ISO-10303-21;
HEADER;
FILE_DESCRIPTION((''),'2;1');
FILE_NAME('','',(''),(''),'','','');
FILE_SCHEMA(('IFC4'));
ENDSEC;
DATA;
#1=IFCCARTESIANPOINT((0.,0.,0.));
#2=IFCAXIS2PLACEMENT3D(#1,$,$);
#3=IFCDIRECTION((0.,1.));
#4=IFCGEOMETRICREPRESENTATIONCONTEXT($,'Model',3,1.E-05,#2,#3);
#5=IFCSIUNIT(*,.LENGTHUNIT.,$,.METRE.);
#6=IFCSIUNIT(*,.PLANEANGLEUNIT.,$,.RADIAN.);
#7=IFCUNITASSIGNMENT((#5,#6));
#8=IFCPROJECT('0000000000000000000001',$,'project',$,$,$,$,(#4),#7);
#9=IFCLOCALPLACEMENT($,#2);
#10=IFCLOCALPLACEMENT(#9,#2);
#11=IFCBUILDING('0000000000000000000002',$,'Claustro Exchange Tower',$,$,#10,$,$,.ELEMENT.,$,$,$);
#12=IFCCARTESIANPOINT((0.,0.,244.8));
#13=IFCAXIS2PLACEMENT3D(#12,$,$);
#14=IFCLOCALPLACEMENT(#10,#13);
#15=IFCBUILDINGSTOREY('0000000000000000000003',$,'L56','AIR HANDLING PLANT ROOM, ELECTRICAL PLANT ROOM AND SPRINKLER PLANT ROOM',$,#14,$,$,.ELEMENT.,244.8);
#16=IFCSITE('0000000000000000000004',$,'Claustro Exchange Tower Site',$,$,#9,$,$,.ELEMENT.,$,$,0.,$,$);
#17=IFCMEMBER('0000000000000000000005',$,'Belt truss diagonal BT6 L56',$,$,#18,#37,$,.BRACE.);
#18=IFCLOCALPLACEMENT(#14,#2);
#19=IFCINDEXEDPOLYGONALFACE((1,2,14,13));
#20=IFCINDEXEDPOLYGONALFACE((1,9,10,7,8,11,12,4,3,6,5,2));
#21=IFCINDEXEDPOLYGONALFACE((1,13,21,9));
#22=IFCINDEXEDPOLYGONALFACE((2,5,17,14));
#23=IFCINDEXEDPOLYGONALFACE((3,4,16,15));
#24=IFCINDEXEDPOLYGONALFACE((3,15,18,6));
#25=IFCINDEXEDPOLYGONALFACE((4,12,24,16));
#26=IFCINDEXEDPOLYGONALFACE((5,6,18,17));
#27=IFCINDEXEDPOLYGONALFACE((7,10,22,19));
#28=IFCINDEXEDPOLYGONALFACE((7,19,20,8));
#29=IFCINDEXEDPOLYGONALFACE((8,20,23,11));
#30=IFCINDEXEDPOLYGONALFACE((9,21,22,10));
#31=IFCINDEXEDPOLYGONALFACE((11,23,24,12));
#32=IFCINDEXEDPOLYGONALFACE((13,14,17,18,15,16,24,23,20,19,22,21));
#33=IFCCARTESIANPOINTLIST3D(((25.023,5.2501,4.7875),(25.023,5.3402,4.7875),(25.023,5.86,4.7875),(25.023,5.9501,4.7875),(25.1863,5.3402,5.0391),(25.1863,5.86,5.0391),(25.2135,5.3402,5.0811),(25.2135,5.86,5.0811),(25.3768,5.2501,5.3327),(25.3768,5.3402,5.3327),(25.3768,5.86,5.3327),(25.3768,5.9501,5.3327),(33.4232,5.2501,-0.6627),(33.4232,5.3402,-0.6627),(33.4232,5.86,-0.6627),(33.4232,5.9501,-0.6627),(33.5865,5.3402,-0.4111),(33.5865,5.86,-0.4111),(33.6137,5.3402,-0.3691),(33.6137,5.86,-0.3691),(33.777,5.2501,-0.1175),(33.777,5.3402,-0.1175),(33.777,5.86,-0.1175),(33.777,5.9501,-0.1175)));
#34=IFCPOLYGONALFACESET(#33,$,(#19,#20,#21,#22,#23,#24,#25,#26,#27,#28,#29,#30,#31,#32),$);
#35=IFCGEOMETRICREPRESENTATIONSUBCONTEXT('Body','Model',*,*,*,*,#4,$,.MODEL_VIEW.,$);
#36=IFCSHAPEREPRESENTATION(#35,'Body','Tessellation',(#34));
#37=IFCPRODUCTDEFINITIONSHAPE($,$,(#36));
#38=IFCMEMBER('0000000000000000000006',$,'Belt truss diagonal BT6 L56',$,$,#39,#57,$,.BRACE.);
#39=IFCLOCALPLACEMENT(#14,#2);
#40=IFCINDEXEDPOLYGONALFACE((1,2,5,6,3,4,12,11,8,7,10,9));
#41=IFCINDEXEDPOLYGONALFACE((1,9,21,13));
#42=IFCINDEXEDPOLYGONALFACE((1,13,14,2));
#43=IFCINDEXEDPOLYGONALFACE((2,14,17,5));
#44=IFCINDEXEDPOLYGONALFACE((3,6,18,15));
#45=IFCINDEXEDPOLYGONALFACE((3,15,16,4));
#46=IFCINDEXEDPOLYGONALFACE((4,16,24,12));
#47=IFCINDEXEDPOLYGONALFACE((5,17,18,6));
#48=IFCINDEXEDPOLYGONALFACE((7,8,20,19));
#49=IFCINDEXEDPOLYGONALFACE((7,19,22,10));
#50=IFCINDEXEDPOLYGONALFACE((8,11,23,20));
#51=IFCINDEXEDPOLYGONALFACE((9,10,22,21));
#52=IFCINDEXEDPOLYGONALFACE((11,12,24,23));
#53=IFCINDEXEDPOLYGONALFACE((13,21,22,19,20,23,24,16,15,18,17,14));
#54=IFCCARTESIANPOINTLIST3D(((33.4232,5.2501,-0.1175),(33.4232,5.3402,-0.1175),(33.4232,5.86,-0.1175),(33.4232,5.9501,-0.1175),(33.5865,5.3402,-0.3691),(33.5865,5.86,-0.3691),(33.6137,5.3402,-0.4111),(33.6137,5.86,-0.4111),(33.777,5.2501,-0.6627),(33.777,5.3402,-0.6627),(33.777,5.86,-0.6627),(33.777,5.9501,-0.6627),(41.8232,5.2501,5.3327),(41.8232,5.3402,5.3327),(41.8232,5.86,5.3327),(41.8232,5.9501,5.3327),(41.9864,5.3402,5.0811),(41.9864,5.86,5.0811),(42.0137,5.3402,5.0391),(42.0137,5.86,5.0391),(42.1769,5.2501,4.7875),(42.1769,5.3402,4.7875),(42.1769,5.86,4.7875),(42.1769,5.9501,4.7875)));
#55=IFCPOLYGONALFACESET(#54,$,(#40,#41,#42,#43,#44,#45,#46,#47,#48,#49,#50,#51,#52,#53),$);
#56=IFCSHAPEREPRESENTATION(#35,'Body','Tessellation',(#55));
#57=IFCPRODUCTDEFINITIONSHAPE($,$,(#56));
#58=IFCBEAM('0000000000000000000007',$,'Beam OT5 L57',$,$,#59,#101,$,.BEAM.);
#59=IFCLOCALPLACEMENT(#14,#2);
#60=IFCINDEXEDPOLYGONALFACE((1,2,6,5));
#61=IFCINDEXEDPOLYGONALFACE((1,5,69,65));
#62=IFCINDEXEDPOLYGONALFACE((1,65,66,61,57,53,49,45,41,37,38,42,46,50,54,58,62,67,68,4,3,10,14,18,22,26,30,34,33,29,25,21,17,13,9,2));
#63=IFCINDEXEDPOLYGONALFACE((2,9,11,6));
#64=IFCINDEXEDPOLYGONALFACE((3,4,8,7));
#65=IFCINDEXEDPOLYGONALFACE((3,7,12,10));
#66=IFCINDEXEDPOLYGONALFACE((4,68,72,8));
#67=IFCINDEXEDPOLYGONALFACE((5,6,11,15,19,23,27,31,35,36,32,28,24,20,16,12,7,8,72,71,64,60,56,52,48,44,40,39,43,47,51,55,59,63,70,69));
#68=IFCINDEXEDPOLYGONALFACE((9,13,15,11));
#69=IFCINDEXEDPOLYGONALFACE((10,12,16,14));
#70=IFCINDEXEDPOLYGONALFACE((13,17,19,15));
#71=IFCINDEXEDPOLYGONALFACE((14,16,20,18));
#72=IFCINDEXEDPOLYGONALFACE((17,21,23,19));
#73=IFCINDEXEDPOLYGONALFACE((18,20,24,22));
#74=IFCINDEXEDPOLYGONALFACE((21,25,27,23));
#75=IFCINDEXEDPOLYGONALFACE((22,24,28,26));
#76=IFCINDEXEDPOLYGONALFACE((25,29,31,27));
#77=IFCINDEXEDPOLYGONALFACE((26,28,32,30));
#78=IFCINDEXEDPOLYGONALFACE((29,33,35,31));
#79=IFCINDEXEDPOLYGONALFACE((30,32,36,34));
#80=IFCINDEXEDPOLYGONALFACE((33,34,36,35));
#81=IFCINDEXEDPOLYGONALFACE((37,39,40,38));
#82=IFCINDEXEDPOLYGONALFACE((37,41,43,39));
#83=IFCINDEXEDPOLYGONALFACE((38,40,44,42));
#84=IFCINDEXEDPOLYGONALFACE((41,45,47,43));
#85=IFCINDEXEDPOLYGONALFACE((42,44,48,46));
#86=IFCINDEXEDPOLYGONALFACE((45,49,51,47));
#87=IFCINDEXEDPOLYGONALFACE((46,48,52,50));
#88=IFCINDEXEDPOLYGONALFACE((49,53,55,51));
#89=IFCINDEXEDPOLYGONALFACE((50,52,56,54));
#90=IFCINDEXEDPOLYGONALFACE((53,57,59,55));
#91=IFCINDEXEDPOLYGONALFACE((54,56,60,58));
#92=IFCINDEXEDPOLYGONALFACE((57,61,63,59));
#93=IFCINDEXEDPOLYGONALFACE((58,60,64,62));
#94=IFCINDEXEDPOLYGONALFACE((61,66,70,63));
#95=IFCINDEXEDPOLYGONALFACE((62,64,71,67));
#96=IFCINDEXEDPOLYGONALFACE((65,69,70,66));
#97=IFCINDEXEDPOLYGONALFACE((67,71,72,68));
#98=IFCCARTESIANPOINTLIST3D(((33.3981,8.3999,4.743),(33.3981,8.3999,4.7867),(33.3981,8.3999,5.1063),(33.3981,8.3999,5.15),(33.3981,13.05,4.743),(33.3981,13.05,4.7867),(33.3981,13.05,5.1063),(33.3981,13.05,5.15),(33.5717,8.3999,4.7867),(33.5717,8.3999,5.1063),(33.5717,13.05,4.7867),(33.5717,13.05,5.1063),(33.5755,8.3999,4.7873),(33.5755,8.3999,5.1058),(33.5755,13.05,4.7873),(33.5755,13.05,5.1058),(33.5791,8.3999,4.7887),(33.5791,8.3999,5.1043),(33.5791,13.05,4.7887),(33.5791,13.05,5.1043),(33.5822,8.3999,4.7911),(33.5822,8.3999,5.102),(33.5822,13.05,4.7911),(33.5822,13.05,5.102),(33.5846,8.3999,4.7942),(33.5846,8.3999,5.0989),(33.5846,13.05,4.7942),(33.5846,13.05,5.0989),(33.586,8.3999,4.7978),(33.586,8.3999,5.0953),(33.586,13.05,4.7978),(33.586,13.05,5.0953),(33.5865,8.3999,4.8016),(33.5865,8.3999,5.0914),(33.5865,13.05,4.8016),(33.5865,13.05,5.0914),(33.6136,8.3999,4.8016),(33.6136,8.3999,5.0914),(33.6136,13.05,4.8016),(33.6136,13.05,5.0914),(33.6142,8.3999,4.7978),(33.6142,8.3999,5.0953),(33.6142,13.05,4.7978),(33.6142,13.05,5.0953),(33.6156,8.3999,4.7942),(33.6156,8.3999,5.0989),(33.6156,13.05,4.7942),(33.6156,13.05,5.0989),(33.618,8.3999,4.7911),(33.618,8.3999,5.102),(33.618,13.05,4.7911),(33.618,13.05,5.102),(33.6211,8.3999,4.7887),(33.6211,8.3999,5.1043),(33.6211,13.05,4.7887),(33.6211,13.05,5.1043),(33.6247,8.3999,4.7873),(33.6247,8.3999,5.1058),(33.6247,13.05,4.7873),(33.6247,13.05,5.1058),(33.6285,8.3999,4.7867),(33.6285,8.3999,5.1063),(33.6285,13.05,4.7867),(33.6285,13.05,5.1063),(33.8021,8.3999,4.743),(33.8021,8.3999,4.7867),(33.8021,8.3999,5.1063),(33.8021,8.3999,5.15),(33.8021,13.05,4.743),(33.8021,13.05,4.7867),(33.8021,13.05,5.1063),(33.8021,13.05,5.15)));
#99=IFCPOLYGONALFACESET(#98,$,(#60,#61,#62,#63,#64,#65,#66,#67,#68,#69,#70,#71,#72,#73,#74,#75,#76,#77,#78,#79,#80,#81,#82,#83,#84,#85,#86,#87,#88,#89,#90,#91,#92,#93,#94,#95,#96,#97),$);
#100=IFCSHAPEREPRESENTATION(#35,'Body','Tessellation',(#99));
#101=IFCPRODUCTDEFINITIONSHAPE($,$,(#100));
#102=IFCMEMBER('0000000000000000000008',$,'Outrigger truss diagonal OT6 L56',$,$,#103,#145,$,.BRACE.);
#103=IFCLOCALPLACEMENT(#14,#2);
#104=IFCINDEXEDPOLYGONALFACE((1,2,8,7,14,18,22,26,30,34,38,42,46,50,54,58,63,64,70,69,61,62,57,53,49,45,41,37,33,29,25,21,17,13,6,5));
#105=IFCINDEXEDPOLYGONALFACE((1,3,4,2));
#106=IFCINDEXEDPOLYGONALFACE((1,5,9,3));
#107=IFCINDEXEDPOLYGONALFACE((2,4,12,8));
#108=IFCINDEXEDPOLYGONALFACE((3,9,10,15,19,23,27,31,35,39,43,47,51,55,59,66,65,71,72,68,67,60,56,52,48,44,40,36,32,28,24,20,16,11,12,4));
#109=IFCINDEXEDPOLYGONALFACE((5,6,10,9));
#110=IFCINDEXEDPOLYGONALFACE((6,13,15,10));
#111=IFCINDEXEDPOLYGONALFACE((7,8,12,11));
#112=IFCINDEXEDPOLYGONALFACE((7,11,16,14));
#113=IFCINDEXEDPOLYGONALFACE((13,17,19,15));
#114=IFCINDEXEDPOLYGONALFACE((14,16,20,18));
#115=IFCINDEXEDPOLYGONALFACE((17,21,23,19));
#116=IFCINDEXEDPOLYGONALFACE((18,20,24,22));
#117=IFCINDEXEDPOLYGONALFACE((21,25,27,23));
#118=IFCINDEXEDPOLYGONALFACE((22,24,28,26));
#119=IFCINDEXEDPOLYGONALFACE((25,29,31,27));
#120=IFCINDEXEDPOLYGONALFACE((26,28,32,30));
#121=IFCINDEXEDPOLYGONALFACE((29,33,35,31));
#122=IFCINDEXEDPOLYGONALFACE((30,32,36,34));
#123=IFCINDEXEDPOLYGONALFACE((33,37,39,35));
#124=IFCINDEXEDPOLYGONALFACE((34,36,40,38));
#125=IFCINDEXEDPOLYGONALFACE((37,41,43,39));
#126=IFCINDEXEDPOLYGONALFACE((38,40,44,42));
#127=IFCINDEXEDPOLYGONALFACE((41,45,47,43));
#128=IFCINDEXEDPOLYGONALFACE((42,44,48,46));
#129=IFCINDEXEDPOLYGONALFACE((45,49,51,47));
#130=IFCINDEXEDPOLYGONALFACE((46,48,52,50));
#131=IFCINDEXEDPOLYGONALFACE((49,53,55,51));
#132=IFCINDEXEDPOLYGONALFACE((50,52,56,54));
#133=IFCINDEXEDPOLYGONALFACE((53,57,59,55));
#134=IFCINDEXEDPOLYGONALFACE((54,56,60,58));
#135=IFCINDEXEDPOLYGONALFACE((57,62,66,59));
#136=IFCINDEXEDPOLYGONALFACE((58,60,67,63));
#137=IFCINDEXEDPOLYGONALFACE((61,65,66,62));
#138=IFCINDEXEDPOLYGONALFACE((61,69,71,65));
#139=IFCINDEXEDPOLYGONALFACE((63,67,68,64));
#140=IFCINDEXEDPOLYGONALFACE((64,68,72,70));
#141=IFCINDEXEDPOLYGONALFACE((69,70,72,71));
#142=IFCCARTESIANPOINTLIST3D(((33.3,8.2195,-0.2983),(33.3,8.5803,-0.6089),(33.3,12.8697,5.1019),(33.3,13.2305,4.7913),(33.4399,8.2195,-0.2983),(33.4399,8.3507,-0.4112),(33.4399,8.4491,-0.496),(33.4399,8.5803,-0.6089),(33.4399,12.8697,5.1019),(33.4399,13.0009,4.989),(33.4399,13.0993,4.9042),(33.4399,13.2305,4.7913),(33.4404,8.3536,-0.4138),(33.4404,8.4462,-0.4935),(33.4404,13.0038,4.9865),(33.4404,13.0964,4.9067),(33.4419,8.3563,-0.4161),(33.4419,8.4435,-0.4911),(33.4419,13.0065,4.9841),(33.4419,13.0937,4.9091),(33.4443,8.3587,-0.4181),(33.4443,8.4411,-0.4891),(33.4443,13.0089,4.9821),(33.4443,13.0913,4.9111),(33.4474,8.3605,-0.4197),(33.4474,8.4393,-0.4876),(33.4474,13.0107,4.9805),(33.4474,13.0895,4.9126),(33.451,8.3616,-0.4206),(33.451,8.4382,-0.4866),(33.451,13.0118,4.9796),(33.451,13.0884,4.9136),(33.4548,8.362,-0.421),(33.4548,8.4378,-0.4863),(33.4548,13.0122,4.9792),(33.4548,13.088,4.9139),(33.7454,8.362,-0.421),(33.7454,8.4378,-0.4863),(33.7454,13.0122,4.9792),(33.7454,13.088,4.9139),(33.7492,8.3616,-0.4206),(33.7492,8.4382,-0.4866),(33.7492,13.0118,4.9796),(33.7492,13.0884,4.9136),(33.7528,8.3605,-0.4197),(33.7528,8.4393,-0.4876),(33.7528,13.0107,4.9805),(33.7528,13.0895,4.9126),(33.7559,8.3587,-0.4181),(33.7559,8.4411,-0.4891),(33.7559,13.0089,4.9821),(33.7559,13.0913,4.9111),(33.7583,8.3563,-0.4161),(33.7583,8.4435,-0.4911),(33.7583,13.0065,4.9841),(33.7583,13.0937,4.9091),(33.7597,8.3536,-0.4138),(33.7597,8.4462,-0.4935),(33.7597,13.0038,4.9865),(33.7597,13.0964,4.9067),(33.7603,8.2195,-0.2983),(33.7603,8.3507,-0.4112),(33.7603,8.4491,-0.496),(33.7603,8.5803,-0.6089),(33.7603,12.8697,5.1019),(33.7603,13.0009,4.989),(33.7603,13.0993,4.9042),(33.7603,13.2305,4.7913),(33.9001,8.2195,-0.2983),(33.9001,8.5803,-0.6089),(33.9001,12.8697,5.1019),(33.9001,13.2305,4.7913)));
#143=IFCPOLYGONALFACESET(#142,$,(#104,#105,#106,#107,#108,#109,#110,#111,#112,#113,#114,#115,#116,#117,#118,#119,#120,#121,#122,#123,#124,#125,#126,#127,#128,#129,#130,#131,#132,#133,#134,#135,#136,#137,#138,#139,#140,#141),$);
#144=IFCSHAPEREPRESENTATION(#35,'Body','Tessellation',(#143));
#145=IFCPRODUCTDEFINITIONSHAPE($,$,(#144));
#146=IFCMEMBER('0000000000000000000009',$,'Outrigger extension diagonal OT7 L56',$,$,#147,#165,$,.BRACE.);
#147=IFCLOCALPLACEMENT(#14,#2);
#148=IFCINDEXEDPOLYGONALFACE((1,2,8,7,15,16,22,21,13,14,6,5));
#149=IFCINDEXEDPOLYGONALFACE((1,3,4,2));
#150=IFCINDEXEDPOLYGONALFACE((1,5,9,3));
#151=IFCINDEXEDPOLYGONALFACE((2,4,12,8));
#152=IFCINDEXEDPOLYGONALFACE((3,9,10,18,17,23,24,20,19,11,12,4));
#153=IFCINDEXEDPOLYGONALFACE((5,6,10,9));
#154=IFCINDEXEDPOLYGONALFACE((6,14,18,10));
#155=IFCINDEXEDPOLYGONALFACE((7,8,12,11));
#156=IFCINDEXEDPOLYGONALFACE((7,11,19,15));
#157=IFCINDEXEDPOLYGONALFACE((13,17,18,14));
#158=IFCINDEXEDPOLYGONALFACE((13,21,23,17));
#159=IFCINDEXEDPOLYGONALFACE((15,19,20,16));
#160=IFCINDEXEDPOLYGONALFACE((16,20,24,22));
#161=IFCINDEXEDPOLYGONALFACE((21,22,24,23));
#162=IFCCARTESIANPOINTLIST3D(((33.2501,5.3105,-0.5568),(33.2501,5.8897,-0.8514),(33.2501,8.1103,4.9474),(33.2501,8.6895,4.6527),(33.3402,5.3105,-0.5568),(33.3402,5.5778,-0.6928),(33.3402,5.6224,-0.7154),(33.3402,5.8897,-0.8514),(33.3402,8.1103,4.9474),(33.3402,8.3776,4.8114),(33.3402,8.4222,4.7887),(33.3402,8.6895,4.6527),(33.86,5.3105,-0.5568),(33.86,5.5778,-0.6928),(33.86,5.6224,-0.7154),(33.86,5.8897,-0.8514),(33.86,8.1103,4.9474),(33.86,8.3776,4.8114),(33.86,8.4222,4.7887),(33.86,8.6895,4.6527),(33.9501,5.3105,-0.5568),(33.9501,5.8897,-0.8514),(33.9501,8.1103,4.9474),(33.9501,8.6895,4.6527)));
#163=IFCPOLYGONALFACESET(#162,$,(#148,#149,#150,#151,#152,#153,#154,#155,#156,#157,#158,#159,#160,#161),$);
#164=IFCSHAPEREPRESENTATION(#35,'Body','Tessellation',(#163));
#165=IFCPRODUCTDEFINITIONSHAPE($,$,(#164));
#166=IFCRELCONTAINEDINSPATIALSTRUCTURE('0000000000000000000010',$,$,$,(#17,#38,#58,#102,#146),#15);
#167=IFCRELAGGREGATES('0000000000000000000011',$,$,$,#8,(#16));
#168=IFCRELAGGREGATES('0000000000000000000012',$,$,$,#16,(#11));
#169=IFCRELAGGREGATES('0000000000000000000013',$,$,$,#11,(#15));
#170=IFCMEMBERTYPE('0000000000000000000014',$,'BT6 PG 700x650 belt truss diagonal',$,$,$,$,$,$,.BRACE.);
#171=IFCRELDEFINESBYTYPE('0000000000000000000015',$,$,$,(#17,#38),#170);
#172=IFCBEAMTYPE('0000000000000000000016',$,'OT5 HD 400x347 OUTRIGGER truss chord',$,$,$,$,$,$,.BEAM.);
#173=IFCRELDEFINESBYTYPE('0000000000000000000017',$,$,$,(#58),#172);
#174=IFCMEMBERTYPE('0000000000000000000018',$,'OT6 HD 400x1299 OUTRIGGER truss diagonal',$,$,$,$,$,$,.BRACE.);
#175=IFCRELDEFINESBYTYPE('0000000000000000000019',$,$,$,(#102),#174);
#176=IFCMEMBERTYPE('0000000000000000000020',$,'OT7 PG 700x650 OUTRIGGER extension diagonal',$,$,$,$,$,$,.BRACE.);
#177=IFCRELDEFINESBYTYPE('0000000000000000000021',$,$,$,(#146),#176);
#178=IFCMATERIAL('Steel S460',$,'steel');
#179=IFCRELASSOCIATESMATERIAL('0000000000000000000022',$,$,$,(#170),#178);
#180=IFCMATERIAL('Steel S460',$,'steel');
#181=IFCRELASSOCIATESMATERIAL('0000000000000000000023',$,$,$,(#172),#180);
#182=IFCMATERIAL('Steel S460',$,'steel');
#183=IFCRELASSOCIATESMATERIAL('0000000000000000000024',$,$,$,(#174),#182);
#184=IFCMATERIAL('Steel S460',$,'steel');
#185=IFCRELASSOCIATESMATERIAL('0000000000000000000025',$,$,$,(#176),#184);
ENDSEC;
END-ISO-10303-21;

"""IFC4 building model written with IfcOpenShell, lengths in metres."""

from ifc_helpers import new_model, si_unit, direction, frame, origin, origin_2d, place, context, subcontext, project, spatial, i_section, extrude, material, material_profile, profile_set, type_object, element, save


model = new_model("IFC4")

# Units and contexts
model_context = context("Model", 3, precision=1e-05, world=origin(), true_north=direction((0.0, 1.0)))
body_context = subcontext(model_context, "Body", "Model", "MODEL_VIEW")
ifc_project = project(units=[si_unit("LENGTHUNIT", "METRE"), si_unit("PLANEANGLEUNIT", "RADIAN")], contexts=[model_context])

# Site, building, storey
site_placement = place(None, origin())
site = spatial("IfcSite", under=ifc_project, at=site_placement, Name="Claustro Exchange Tower Site", CompositionType="ELEMENT", RefElevation=0.0)
building_placement = place(site_placement, origin())
building = spatial("IfcBuilding", under=site, at=building_placement, Name="Claustro Exchange Tower", CompositionType="ELEMENT")
storey_placement = place(building_placement, frame((0.0, 0.0, 244.8)))
storey = spatial("IfcBuildingStorey", under=building, at=storey_placement, Name="L56", Description="AIR HANDLING PLANT ROOM, ELECTRICAL PLANT ROOM AND SPRINKLER PLANT ROOM", CompositionType="ELEMENT", Elevation=244.8)

# Members
ifc_material_1 = material(Name="Steel S460", Category="steel")
ifc_material_profile_1 = material_profile(ifc_material_1, i_section(OverallWidth=0.6499, OverallDepth=0.7, WebThickness=0.05, FlangeThickness=0.0901, at=origin_2d()), Name="PG 700x650")
ifc_profile_set_1 = profile_set([ifc_material_profile_1], Name="Steel S460")
member_type_1 = type_object("IfcMemberType", Name="BT6 PG 700x650 belt truss diagonal", PredefinedType="BRACE", material=ifc_profile_set_1)
member_1_placement = place(storey_placement, frame((33.6001, 5.6001, -0.3901), z_axis=(-0.838895, 0.0, 0.544293), x_axis=(0.544293, 0.0, 0.838895)))
element("IfcMember", 1, at=member_1_placement, inside=storey, type_object=member_type_1, Name="Belt truss diagonal BT6 L56", PredefinedType="BRACE", context=body_context, shape_type="SweptSolid", body=[
    extrude(i_section(OverallWidth=0.6499, OverallDepth=0.7, WebThickness=0.05, FlangeThickness=0.0901, at=origin_2d()), origin(), (0.0, 0.0, 1.0), 10.0134),
])
member_2_placement = place(storey_placement, frame((33.6001, 5.6001, -0.3901), z_axis=(0.838888, 0.0, 0.544304), x_axis=(-0.544304, 0.0, 0.838888)))
element("IfcMember", 2, at=member_2_placement, inside=storey, type_object=member_type_1, Name="Belt truss diagonal BT6 L56", PredefinedType="BRACE", context=body_context, shape_type="SweptSolid", body=[
    extrude(i_section(OverallWidth=0.6499, OverallDepth=0.7, WebThickness=0.05, FlangeThickness=0.0901, at=origin_2d()), origin(), (0.0, 0.0, 1.0), 10.0132),
])

# Beam
ifc_material_2 = material(Name="Steel S460", Category="steel")
ifc_material_profile_2 = material_profile(ifc_material_2, i_section(OverallWidth=0.4041, OverallDepth=0.407, WebThickness=0.0271, FlangeThickness=0.0437, FilletRadius=0.0149, at=origin_2d()), Name="HD 400x347")
ifc_profile_set_2 = profile_set([ifc_material_profile_2], Name="Steel S460")
beam_type_1 = type_object("IfcBeamType", Name="OT5 HD 400x347 OUTRIGGER truss chord", PredefinedType="BEAM", material=ifc_profile_set_2)
beam_1_placement = place(storey_placement, frame((33.6001, 8.3999, 4.9465), z_axis=(0.0, 1.0, 0.0), x_axis=(-1.0, 0.0, 0.0)))
element("IfcBeam", 3, at=beam_1_placement, inside=storey, type_object=beam_type_1, Name="Beam OT5 L57", PredefinedType="BEAM", context=body_context, shape_type="SweptSolid", body=[
    extrude(i_section(OverallWidth=0.4041, OverallDepth=0.407, WebThickness=0.0271, FlangeThickness=0.0437, FilletRadius=0.0149, at=origin_2d()), origin(), (0.0, 0.0, 1.0), 4.6501),
])

# Members
ifc_material_3 = material(Name="Steel S460", Category="steel")
ifc_material_profile_3 = material_profile(ifc_material_3, i_section(OverallWidth=0.4761, OverallDepth=0.6001, WebThickness=0.1001, FlangeThickness=0.1399, FilletRadius=0.0149, at=origin_2d()), Name="HD 400x1299")
ifc_profile_set_3 = profile_set([ifc_material_profile_3], Name="Steel S460")
member_type_2 = type_object("IfcMemberType", Name="OT6 HD 400x1299 OUTRIGGER truss diagonal", PredefinedType="BRACE", material=ifc_profile_set_3)
member_3_placement = place(storey_placement, frame((33.6001, 8.3999, -0.4536), z_axis=(0.0, 0.652525, 0.757767), x_axis=(0.0, -0.757767, 0.652525)))
element("IfcMember", 4, at=member_3_placement, inside=storey, type_object=member_type_2, Name="Outrigger truss diagonal OT6 L56", PredefinedType="BRACE", context=body_context, shape_type="SweptSolid", body=[
    extrude(i_section(OverallWidth=0.4761, OverallDepth=0.6001, WebThickness=0.1001, FlangeThickness=0.1399, FilletRadius=0.0149, at=origin_2d()), origin(), (0.0, 0.0, 1.0), 7.1265),
])
ifc_material_4 = material(Name="Steel S460", Category="steel")
ifc_material_profile_4 = material_profile(ifc_material_4, i_section(OverallWidth=0.6499, OverallDepth=0.7, WebThickness=0.05, FlangeThickness=0.0901, at=origin_2d()), Name="PG 700x650")
ifc_profile_set_4 = profile_set([ifc_material_profile_4], Name="Steel S460")
member_type_3 = type_object("IfcMemberType", Name="OT7 PG 700x650 OUTRIGGER extension diagonal", PredefinedType="BRACE", material=ifc_profile_set_4)
member_4_placement = place(storey_placement, frame((33.6001, 5.6001, -0.7041), z_axis=(0.0, 0.453386, 0.891314), x_axis=(0.0, -0.891314, 0.453386)))
element("IfcMember", 5, at=member_4_placement, inside=storey, type_object=member_type_3, Name="Outrigger extension diagonal OT7 L56", PredefinedType="BRACE", context=body_context, shape_type="SweptSolid", body=[
    extrude(i_section(OverallWidth=0.6499, OverallDepth=0.7, WebThickness=0.05, FlangeThickness=0.0901, at=origin_2d()), origin(), (0.0, 0.0, 1.0), 6.1753),
])

save(model, "model.ifc")
